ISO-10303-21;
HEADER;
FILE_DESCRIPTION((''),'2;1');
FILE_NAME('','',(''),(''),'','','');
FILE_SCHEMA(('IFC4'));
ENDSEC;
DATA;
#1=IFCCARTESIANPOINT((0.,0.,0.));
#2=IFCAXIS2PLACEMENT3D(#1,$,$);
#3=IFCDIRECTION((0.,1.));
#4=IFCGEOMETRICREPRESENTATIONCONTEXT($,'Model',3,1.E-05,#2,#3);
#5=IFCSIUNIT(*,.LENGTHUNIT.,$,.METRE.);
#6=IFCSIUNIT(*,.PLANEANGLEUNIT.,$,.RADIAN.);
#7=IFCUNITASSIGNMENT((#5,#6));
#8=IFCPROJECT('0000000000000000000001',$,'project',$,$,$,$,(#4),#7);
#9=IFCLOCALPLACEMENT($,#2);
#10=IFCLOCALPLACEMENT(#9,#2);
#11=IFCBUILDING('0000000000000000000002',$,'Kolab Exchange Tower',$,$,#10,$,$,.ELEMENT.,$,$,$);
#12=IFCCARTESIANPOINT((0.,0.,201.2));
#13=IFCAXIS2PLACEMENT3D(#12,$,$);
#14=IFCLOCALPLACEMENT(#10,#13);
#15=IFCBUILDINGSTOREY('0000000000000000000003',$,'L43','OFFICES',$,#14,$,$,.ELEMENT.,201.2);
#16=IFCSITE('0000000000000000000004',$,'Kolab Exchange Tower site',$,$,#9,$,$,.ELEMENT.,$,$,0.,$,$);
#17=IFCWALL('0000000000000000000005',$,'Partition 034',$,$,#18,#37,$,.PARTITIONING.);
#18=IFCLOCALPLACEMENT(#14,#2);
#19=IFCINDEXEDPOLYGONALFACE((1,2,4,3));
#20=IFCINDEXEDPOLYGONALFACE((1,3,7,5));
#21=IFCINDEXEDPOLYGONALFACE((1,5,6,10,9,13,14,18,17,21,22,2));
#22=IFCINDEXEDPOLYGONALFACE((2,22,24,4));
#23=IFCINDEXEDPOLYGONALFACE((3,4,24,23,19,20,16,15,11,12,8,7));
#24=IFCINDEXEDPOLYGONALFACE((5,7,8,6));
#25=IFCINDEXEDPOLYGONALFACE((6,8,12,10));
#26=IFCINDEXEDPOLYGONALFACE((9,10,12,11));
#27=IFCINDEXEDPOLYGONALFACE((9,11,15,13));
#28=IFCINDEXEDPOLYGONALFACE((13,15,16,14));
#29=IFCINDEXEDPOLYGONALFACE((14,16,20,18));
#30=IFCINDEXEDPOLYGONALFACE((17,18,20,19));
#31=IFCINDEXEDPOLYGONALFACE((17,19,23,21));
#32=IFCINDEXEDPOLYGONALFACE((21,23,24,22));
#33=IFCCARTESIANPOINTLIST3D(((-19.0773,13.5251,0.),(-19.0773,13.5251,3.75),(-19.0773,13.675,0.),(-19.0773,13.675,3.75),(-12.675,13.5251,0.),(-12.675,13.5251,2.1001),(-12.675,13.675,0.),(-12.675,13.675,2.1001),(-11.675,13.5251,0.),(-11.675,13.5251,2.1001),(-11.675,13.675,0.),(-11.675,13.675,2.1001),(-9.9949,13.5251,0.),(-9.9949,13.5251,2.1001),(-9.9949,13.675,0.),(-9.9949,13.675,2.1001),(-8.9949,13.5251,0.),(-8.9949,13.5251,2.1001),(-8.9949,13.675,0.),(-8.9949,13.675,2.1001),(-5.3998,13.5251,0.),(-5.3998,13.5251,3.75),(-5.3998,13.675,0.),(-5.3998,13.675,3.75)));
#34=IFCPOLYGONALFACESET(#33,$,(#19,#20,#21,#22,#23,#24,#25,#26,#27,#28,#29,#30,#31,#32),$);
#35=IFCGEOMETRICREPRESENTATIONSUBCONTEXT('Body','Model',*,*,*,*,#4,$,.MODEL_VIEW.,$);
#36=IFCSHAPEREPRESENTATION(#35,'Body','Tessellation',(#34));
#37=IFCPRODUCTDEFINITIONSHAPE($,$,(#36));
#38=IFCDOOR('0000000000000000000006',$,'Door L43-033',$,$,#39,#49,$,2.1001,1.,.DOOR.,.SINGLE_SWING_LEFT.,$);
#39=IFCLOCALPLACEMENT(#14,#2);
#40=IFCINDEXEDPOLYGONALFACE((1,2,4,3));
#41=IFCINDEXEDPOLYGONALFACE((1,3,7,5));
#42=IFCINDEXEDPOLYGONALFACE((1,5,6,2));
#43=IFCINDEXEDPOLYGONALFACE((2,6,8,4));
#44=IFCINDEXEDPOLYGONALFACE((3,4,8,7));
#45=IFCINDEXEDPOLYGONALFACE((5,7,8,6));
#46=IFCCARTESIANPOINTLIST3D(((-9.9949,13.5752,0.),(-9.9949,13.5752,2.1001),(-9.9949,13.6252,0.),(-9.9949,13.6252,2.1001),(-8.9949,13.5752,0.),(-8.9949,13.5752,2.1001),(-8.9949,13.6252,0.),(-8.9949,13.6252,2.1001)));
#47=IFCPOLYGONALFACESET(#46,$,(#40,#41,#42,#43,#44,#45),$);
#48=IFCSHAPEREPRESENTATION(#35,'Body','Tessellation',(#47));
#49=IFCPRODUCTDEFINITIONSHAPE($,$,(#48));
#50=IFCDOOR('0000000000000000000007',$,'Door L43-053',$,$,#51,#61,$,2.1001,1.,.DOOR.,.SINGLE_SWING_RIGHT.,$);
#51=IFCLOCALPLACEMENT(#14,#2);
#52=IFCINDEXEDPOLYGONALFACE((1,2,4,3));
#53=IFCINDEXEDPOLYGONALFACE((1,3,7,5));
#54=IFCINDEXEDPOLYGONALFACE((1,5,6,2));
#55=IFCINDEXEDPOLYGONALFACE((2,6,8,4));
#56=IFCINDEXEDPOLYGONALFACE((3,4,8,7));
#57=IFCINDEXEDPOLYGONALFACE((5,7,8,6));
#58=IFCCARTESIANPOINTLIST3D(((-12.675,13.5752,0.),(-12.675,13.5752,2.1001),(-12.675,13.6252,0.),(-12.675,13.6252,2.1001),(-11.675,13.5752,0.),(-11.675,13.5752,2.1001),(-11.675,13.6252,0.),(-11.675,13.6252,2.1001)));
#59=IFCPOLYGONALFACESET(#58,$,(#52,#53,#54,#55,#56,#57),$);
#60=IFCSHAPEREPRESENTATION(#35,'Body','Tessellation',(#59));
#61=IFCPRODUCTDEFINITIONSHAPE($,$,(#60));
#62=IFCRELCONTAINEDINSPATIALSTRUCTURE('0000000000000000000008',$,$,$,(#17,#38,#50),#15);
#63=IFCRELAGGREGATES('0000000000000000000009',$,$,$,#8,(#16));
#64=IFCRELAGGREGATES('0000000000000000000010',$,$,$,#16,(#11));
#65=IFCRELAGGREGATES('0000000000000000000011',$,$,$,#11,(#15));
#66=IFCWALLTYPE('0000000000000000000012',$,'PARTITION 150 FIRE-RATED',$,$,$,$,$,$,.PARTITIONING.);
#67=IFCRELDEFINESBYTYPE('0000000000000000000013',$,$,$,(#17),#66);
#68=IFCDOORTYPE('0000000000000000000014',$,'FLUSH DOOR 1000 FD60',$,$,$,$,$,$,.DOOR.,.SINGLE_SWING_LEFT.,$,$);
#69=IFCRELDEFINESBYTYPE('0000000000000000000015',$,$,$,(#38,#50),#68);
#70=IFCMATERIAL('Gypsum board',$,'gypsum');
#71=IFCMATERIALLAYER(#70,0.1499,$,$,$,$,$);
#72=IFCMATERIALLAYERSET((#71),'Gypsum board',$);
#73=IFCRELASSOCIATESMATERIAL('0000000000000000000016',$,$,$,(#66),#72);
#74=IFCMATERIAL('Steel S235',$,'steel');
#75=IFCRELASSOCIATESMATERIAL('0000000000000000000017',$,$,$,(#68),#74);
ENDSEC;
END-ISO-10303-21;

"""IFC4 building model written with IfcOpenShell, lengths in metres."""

from ifc_helpers import new_model, si_unit, direction, frame, frame_2d, origin, place, context, subcontext, project, spatial, rectangle, extrude, material, layer, layer_set, type_object, element, fill, save


model = new_model("IFC4")

# Units and contexts
model_context = context("Model", 3, precision=1e-05, world=origin(), true_north=direction((0.0, 1.0)))
body_context = subcontext(model_context, "Body", "Model", "MODEL_VIEW")
ifc_project = project(units=[si_unit("LENGTHUNIT", "METRE"), si_unit("PLANEANGLEUNIT", "RADIAN")], contexts=[model_context])

# Site, building, storey
site_placement = place(None, origin())
site = spatial("IfcSite", under=ifc_project, at=site_placement, Name="Kolab Exchange Tower site", CompositionType="ELEMENT", RefElevation=0.0)
building_placement = place(site_placement, origin())
building = spatial("IfcBuilding", under=site, at=building_placement, Name="Kolab Exchange Tower", CompositionType="ELEMENT")
storey_placement = place(building_placement, frame((0.0, 0.0, 201.2)))
storey = spatial("IfcBuildingStorey", under=building, at=storey_placement, Name="L43", Description="OFFICES", CompositionType="ELEMENT", Elevation=201.2)

# Shared definitions
ifc_material_1 = material(Name="Gypsum board", Category="gypsum")

# Wall, openings, doors
ifc_layer_1 = layer(ifc_material_1, 0.1499)
ifc_layer_set_1 = layer_set([ifc_layer_1], Name="Gypsum board")
wall_type_1 = type_object("IfcWallType", Name="PARTITION 150 FIRE-RATED", PredefinedType="PARTITIONING", material=ifc_layer_set_1)
wall_1_placement = place(storey_placement, frame((-19.0774, 13.6001, 0.0), z_axis=(0.0, 0.0, 1.0), x_axis=(1.0, 0.0, 0.0)))
wall_1 = element("IfcWall", 1, at=wall_1_placement, inside=storey, type_object=wall_type_1, Name="Partition 034", PredefinedType="PARTITIONING", context=body_context, shape_type="SweptSolid", body=[
    extrude(rectangle(XDim=13.6775, YDim=0.1499, at=frame_2d((6.8389, 0.0))), origin(), (0.0, 0.0, 1.0), 3.75),
])
opening_1_placement = place(wall_1_placement, frame((9.0825, 0.0, 0.0)))
opening_1 = element("IfcOpeningElement", 2, at=opening_1_placement, cuts=wall_1, PredefinedType="OPENING", context=body_context, shape_type="SweptSolid", body=[
    extrude(rectangle(XDim=1.0, YDim=2.1001, at=frame_2d((0.5, 1.05))), frame((0.0, 0.085, 0.0), z_axis=(0.0, -1.0, 0.0), x_axis=(1.0, 0.0, 0.0)), (0.0, 0.0, 1.0), 0.1699),
])
opening_2_placement = place(wall_1_placement, frame((6.4023, 0.0, 0.0)))
opening_2 = element("IfcOpeningElement", 3, at=opening_2_placement, cuts=wall_1, PredefinedType="OPENING", context=body_context, shape_type="SweptSolid", body=[
    extrude(rectangle(XDim=1.0, YDim=2.1001, at=frame_2d((0.5, 1.05))), frame((0.0, 0.085, 0.0), z_axis=(0.0, -1.0, 0.0), x_axis=(1.0, 0.0, 0.0)), (0.0, 0.0, 1.0), 0.1699),
])
ifc_material_2 = material(Name="Steel S235", Category="steel")
door_type = type_object("IfcDoorType", Name="FLUSH DOOR 1000 FD60", OperationType="SINGLE_SWING_LEFT", PredefinedType="DOOR", material=ifc_material_2)
door_1_placement = place(opening_1_placement, frame((1.0, 0.0, 0.0), z_axis=(0.0, 0.0, 1.0), x_axis=(-1.0, 0.0, 0.0)))
door_1 = element("IfcDoor", 4, at=door_1_placement, inside=storey, type_object=door_type, Name="Door L43-033", OperationType="SINGLE_SWING_LEFT", OverallHeight=2.1001, OverallWidth=1.0, PredefinedType="DOOR", context=body_context, shape_type="SweptSolid", body=[
    extrude(rectangle(XDim=1.0, YDim=2.1001, at=frame_2d((0.5, 1.05))), frame((0.0, 0.0249, 0.0), z_axis=(0.0, -1.0, 0.0), x_axis=(1.0, 0.0, 0.0)), (0.0, 0.0, 1.0), 0.05),
])
fill(opening_1, door_1)
door_2_placement = place(opening_2_placement, frame((1.0, 0.0, 0.0), z_axis=(0.0, 0.0, 1.0), x_axis=(-1.0, 0.0, 0.0)))
door_2 = element("IfcDoor", 5, at=door_2_placement, inside=storey, type_object=door_type, Name="Door L43-053", OperationType="SINGLE_SWING_RIGHT", OverallHeight=2.1001, OverallWidth=1.0, PredefinedType="DOOR", context=body_context, shape_type="SweptSolid", body=[
    extrude(rectangle(XDim=1.0, YDim=2.1001, at=frame_2d((0.5, 1.05))), frame((0.0, 0.0249, 0.0), z_axis=(0.0, -1.0, 0.0), x_axis=(1.0, 0.0, 0.0)), (0.0, 0.0, 1.0), 0.05),
])
fill(opening_2, door_2)

save(model, "model.ifc")
